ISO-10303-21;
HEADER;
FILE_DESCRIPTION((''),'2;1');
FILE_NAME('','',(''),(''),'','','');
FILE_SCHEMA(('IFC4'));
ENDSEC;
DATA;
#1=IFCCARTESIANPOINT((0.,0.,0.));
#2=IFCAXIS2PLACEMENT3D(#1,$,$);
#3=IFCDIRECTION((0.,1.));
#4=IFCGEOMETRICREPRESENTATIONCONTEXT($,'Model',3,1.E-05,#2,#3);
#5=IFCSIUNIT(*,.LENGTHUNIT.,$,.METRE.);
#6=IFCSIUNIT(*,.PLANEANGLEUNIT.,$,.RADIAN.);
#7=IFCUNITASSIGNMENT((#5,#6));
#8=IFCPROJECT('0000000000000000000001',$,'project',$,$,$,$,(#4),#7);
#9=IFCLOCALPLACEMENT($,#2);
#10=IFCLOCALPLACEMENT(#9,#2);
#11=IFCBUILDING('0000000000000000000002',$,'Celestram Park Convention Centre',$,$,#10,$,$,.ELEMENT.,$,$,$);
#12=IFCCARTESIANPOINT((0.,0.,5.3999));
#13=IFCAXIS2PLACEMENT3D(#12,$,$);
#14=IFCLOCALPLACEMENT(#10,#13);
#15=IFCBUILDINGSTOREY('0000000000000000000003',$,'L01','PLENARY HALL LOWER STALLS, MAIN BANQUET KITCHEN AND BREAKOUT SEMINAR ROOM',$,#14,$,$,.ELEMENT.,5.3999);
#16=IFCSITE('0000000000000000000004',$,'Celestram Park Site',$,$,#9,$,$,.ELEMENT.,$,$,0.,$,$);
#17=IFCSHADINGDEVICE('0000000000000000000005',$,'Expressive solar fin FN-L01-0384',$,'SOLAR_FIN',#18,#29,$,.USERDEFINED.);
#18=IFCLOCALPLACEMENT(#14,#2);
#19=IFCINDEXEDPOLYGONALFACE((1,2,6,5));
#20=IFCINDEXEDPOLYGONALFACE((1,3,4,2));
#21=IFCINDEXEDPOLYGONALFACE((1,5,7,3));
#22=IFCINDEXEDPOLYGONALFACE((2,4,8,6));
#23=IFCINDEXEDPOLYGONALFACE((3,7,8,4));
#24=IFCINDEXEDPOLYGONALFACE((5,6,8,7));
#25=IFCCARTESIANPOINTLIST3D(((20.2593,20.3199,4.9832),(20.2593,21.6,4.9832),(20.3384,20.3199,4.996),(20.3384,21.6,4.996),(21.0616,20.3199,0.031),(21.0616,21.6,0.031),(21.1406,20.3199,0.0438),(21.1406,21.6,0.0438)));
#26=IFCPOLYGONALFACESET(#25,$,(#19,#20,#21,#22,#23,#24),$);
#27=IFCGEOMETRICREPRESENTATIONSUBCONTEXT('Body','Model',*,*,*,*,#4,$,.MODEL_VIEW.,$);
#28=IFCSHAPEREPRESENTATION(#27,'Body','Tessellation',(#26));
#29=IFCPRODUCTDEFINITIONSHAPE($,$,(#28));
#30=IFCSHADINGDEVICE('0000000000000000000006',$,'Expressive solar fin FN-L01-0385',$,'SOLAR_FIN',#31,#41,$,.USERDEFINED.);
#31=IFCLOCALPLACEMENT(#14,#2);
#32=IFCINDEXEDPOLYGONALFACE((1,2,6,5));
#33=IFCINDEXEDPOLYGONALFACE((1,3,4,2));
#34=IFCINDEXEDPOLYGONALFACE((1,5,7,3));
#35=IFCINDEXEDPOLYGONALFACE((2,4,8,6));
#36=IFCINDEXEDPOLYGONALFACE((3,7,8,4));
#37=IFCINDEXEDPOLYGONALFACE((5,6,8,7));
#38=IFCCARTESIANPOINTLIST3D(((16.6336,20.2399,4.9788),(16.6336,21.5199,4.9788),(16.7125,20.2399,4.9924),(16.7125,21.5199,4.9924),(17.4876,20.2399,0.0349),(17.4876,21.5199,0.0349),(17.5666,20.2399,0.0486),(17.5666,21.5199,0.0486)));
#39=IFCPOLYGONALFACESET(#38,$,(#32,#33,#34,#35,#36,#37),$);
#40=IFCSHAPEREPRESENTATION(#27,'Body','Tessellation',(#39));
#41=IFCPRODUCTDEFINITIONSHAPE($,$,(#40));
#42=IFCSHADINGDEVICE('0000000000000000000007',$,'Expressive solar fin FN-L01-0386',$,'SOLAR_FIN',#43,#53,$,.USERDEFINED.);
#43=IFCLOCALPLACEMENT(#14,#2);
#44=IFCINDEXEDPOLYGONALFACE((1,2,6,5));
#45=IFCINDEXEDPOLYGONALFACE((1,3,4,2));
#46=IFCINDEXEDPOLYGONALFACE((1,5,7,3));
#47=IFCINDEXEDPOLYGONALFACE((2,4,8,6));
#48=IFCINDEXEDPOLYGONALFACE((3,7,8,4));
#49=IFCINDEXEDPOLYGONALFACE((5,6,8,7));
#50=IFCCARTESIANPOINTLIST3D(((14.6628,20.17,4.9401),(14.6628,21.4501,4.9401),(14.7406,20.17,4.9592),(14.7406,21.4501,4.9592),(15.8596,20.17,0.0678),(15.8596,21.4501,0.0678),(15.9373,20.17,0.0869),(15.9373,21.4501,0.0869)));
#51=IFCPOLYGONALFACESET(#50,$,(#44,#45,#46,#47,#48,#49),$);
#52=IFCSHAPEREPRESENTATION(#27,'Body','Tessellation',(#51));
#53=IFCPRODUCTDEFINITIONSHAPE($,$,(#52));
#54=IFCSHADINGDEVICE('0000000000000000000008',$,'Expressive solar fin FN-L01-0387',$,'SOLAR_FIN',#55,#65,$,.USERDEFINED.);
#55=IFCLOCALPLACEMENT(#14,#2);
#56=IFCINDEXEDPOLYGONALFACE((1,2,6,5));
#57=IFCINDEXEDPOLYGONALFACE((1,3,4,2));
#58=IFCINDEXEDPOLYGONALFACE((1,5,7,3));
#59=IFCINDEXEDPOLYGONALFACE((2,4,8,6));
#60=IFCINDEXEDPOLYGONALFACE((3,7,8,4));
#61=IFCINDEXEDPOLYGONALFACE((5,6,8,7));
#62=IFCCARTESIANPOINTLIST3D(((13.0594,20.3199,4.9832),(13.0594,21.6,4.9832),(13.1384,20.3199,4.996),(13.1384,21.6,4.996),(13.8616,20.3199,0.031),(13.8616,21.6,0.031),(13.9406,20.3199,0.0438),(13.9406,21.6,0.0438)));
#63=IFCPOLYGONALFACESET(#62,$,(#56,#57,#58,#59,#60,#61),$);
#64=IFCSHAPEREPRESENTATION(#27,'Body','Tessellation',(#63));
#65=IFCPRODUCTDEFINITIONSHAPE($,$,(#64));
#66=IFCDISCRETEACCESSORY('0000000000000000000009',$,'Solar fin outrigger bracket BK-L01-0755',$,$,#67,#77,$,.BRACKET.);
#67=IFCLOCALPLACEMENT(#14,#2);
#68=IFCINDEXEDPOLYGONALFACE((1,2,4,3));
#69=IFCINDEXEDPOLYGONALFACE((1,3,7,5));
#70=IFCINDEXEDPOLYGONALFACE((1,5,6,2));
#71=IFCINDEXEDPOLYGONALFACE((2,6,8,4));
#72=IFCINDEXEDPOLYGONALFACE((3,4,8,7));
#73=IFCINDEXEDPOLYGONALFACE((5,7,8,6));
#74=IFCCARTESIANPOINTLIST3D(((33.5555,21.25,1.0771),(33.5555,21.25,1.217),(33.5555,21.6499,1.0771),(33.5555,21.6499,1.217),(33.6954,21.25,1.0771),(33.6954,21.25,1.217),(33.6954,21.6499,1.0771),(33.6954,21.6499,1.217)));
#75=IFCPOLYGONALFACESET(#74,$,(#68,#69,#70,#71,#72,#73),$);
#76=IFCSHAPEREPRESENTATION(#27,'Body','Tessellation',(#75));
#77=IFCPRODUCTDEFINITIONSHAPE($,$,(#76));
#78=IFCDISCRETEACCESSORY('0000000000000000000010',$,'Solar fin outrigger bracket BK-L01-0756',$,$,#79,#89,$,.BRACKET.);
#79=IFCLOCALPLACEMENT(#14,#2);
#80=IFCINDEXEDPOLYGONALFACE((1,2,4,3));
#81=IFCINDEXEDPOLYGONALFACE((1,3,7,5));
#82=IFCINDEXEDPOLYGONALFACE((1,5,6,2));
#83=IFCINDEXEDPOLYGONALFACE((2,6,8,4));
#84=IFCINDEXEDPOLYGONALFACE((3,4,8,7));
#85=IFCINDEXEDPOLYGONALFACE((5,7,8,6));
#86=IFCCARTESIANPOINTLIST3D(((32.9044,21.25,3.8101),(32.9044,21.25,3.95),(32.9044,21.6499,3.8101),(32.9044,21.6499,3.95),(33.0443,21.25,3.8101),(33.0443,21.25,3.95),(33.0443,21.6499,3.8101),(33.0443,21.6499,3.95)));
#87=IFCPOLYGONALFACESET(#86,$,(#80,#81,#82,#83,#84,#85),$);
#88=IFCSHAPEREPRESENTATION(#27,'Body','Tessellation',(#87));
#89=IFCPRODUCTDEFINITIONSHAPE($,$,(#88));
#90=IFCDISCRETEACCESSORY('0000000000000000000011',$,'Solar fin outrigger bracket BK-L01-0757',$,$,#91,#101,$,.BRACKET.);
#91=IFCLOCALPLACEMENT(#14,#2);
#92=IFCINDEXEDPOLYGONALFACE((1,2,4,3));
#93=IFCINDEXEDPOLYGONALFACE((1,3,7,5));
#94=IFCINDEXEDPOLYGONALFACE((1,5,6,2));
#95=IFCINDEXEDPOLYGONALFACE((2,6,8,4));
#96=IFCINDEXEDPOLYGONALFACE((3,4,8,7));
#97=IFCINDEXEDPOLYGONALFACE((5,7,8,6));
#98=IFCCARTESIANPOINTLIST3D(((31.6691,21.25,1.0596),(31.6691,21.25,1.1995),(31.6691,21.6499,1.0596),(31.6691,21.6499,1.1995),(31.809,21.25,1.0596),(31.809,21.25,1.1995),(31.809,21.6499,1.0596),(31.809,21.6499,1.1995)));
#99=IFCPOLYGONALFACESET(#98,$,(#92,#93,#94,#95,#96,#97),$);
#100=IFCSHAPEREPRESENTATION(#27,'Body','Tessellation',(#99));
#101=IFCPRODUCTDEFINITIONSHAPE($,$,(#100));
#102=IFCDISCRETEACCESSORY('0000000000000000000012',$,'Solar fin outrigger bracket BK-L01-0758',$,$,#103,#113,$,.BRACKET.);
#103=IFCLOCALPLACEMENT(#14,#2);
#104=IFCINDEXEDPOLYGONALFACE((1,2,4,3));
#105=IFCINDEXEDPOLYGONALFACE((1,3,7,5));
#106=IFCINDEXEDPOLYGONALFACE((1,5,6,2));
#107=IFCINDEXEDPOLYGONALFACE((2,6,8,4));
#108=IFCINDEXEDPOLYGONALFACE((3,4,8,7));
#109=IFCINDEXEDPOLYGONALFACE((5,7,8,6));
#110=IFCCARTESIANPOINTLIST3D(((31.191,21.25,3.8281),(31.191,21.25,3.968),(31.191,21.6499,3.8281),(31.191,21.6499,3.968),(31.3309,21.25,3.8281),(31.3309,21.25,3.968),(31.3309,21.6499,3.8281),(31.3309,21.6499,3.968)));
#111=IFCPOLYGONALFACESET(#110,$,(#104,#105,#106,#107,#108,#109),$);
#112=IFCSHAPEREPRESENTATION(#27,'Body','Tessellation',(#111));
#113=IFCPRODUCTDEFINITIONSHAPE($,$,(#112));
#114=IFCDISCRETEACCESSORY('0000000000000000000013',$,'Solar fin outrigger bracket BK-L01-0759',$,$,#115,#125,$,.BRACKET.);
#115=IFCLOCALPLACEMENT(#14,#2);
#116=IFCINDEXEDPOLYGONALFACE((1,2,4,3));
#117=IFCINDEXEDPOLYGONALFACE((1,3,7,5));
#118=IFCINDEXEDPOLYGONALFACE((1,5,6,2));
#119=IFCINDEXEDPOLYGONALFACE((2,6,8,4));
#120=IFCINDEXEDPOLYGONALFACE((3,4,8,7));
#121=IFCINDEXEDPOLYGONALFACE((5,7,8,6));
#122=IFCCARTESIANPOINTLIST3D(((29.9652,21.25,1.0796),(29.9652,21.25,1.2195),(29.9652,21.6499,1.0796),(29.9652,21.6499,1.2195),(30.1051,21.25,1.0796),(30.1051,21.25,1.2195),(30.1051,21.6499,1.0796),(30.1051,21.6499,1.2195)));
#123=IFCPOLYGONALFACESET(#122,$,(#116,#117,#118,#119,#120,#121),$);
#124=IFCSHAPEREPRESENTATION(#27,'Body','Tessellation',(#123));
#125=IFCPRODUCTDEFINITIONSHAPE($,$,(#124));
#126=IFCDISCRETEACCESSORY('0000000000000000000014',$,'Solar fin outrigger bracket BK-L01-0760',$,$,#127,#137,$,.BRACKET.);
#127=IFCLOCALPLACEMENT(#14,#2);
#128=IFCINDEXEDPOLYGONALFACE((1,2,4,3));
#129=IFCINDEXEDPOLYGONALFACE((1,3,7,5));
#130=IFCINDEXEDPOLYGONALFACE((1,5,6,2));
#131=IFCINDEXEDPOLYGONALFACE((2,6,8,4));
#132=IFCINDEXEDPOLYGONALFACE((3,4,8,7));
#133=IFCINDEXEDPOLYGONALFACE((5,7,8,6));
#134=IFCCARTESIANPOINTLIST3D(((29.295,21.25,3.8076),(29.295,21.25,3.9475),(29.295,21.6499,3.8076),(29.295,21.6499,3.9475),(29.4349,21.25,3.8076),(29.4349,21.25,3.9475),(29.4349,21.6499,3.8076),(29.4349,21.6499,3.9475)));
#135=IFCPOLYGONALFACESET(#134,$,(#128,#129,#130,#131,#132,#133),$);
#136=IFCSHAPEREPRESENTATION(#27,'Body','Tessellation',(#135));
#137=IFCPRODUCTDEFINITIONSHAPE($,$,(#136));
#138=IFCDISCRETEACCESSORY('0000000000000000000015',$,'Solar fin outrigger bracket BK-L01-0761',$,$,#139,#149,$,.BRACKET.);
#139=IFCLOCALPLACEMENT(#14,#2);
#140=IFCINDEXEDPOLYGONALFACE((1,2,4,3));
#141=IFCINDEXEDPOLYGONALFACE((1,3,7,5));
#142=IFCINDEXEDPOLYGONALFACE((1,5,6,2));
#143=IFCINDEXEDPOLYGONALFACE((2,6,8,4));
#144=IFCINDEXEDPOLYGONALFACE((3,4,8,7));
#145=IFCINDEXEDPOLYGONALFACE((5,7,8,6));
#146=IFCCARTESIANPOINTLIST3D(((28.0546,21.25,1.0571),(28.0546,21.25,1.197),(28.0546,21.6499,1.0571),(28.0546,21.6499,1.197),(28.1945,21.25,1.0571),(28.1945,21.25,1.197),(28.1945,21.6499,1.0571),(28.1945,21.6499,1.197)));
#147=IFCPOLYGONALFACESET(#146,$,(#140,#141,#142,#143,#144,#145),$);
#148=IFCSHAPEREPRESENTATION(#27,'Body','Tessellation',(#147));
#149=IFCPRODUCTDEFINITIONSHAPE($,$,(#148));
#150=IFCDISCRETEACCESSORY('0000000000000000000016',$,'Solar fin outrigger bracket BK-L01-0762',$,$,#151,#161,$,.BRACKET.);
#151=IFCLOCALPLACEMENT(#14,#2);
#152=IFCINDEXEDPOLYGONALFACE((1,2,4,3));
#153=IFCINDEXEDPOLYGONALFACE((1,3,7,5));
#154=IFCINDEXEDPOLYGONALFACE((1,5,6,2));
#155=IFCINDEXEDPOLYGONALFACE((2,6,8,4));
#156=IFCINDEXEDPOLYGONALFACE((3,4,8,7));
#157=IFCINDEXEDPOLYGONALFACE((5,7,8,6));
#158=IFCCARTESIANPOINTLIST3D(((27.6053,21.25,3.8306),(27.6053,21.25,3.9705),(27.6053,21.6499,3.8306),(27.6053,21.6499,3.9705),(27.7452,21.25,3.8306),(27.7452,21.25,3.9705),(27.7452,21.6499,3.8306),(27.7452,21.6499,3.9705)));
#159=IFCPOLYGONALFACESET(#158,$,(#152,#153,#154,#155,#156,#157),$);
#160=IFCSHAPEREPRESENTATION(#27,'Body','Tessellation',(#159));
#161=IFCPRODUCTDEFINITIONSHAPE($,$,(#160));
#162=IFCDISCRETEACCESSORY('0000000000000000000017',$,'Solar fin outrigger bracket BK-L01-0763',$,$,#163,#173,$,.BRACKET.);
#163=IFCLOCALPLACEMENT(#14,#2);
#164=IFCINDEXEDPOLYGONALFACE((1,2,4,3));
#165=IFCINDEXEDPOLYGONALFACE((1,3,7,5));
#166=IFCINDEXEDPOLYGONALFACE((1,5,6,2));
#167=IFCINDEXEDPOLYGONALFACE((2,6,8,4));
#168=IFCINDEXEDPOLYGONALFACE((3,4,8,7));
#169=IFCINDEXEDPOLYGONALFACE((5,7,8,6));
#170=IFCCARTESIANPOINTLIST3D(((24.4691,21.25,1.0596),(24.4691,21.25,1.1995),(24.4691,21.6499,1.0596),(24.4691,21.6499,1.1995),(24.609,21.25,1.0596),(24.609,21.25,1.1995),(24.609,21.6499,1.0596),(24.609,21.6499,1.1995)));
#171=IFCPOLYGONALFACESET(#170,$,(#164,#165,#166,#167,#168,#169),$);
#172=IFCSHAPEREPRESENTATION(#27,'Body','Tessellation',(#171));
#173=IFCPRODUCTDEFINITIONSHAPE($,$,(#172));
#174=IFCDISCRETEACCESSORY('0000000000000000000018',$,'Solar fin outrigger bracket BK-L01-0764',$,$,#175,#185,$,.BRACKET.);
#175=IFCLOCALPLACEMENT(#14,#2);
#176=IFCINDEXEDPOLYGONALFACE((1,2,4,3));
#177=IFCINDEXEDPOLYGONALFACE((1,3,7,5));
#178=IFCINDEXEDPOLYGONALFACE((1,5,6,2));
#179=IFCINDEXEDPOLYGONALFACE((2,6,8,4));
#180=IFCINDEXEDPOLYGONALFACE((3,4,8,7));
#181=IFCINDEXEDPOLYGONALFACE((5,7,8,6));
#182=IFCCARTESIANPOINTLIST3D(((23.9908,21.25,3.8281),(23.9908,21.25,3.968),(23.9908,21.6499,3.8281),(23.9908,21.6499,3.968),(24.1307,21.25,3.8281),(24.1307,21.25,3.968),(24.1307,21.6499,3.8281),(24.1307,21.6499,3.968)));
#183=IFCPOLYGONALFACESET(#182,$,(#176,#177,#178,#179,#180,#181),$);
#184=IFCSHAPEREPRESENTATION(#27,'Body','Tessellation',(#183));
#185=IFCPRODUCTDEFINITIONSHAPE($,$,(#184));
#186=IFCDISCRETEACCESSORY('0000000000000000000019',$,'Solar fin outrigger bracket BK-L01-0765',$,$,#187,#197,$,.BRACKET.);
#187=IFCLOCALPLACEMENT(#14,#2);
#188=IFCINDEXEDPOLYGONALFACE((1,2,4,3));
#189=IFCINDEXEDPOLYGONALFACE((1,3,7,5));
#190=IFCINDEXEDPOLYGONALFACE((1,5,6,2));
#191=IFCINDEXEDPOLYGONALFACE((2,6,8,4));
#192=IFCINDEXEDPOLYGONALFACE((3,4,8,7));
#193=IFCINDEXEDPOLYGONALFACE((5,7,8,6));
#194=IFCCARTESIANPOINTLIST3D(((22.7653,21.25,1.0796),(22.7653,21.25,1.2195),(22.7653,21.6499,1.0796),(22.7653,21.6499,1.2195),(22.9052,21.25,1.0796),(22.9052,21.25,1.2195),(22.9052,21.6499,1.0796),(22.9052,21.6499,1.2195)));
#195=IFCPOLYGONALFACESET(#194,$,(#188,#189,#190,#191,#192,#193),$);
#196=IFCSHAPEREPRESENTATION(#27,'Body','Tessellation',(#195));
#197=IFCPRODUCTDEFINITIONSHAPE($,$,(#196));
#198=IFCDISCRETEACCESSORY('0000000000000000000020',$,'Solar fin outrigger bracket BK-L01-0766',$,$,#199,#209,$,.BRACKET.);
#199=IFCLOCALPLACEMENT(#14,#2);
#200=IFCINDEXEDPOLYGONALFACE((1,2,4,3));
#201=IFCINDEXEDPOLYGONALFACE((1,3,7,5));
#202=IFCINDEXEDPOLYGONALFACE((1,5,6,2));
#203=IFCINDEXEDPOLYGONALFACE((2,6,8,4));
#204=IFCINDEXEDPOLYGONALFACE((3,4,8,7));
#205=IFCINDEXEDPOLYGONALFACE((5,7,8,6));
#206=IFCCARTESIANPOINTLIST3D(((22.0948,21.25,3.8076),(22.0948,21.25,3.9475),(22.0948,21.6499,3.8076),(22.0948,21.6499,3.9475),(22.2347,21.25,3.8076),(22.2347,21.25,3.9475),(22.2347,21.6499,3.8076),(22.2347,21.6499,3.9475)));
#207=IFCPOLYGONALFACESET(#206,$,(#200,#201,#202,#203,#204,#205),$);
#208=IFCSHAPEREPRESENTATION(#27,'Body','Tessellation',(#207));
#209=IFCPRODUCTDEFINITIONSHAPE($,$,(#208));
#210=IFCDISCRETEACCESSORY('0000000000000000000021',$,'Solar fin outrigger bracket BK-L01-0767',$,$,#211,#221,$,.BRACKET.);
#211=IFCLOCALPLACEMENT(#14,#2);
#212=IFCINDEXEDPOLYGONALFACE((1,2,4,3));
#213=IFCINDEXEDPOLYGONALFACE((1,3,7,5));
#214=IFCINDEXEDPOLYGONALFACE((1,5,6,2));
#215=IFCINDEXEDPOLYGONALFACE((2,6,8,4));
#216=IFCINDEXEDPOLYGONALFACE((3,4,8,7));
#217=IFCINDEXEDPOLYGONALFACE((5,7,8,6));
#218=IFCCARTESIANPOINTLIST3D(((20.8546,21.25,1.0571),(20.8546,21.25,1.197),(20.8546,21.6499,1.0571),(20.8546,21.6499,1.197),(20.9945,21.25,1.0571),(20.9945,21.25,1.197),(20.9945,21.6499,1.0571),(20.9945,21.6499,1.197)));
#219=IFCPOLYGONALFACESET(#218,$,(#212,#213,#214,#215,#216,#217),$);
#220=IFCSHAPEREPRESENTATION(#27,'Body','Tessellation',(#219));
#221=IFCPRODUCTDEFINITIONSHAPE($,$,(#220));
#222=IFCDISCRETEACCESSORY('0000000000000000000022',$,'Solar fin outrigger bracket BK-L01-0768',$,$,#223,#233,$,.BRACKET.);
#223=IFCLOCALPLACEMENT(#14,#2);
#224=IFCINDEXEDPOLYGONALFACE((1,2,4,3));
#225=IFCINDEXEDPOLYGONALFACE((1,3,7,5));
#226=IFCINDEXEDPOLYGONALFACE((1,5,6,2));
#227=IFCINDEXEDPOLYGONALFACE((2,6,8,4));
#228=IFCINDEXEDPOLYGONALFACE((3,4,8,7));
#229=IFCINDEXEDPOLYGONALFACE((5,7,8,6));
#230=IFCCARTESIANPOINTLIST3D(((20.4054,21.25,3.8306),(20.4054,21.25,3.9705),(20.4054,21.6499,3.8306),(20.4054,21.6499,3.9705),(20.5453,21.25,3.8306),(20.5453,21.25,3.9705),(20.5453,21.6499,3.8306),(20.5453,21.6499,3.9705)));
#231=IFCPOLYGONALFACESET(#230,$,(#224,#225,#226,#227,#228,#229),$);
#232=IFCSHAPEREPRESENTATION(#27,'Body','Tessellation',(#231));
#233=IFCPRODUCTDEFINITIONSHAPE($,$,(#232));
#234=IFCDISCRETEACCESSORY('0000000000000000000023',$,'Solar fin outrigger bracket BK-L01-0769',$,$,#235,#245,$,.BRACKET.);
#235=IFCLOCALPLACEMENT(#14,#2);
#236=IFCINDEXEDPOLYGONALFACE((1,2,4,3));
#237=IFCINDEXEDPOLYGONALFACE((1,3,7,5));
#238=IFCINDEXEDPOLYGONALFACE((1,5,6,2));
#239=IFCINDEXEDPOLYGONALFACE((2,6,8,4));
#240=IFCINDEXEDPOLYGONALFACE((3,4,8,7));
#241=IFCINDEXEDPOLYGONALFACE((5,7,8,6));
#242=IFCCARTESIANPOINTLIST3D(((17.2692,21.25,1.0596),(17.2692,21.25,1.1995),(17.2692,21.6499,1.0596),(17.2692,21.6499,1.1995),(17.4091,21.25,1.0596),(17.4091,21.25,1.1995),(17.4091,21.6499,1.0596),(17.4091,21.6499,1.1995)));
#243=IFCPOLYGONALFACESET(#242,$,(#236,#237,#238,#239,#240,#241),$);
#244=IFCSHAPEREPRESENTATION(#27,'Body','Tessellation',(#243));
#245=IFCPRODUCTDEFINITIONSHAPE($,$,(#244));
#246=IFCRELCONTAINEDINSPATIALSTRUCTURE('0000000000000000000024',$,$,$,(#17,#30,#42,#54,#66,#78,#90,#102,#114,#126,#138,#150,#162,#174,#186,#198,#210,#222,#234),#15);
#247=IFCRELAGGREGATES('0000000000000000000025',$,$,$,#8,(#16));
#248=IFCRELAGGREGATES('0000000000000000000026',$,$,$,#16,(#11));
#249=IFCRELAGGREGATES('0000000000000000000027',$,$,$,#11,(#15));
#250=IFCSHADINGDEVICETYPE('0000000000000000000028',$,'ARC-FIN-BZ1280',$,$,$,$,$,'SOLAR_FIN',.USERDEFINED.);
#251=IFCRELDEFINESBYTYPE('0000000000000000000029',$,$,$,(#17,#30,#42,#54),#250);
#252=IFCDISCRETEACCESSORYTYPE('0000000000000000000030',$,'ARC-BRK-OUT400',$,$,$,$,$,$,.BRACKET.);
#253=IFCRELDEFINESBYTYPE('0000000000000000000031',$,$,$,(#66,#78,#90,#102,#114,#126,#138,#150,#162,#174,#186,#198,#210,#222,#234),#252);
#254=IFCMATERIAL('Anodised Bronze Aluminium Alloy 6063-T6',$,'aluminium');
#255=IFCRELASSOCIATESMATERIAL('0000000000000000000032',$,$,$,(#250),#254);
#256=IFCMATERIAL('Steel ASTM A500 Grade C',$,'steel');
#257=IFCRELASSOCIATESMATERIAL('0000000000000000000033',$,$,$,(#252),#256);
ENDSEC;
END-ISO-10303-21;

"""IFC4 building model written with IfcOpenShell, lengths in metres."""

from ifc_helpers import new_model, si_unit, direction, frame, origin, origin_2d, place, context, subcontext, project, spatial, rectangle, extrude, material, material_profile, profile_set, type_object, element, save


model = new_model("IFC4")

# Units and contexts
model_context = context("Model", 3, precision=1e-05, world=origin(), true_north=direction((0.0, 1.0)))
body_context = subcontext(model_context, "Body", "Model", "MODEL_VIEW")
ifc_project = project(units=[si_unit("LENGTHUNIT", "METRE"), si_unit("PLANEANGLEUNIT", "RADIAN")], contexts=[model_context])

# Site, building, storey
site_placement = place(None, origin())
site = spatial("IfcSite", under=ifc_project, at=site_placement, Name="Celestram Park Site", CompositionType="ELEMENT", RefElevation=0.0)
building_placement = place(site_placement, origin())
building = spatial("IfcBuilding", under=site, at=building_placement, Name="Celestram Park Convention Centre", CompositionType="ELEMENT")
storey_placement = place(building_placement, frame((0.0, 0.0, 5.3999)))
storey = spatial("IfcBuildingStorey", under=building, at=storey_placement, Name="L01", Description="PLENARY HALL LOWER STALLS, MAIN BANQUET KITCHEN AND BREAKOUT SEMINAR ROOM", CompositionType="ELEMENT", Elevation=5.3999)

# Shading devices
ifc_material_1 = material(Name="Anodised Bronze Aluminium Alloy 6063-T6", Category="aluminium")
ifc_material_profile_1 = material_profile(ifc_material_1, rectangle(XDim=1.28, YDim=0.0801, at=origin_2d()), Name="FIN1280X80")
ifc_profile_set_1 = profile_set([ifc_material_profile_1], Name="Anodised Bronze Aluminium Alloy 6063-T6")
shading_device_type = type_object("IfcShadingDeviceType", Name="ARC-FIN-BZ1280", ElementType="SOLAR_FIN", PredefinedType="USERDEFINED", material=ifc_profile_set_1)
shading_device_1_placement = place(storey_placement, frame((21.1011, 20.96, 0.0374), z_axis=(-0.159907, 0.0, 0.987132), x_axis=(0.0, -1.0, 0.0)))
element("IfcShadingDevice", 1, at=shading_device_1_placement, inside=storey, type_object=shading_device_type, Name="Expressive solar fin FN-L01-0384", ObjectType="SOLAR_FIN", PredefinedType="USERDEFINED", context=body_context, shape_type="SweptSolid", body=[
    extrude(rectangle(XDim=1.28, YDim=0.0801, at=origin_2d()), origin(), (0.0, 0.0, 1.0), 5.0168),
])
for number, where, z_axis, x_axis, name in (
    (2, (17.5271, 20.8799, 0.0417), (-0.17022, 0.0, 0.985406), (0.0, -1.0, 0.0), "Expressive solar fin FN-L01-0385"),
    (3, (15.8984, 20.8101, 0.0774), (-0.238538, 0.0, 0.971133), (0.0, -1.0, 0.0), "Expressive solar fin FN-L01-0386"),
):
    element("IfcShadingDevice", number, at=place(storey_placement, frame(where, z_axis=z_axis, x_axis=x_axis)), inside=storey, type_object=shading_device_type, Name=name, ObjectType="SOLAR_FIN", PredefinedType="USERDEFINED", context=body_context, shape_type="SweptSolid", body=[
        extrude(rectangle(XDim=1.28, YDim=0.0801, at=origin_2d()), origin(), (0.0, 0.0, 1.0), 5.0171),
    ])
shading_device_2_placement = place(storey_placement, frame((13.9011, 20.96, 0.0374), z_axis=(-0.159907, 0.0, 0.987132), x_axis=(0.0, -1.0, 0.0)))
element("IfcShadingDevice", 4, at=shading_device_2_placement, inside=storey, type_object=shading_device_type, Name="Expressive solar fin FN-L01-0387", ObjectType="SOLAR_FIN", PredefinedType="USERDEFINED", context=body_context, shape_type="SweptSolid", body=[
    extrude(rectangle(XDim=1.28, YDim=0.0801, at=origin_2d()), origin(), (0.0, 0.0, 1.0), 5.0168),
])

# Discrete accessories
ifc_material_2 = material(Name="Steel ASTM A500 Grade C", Category="steel")
discrete_accessory_type = type_object("IfcDiscreteAccessoryType", Name="ARC-BRK-OUT400", PredefinedType="BRACKET", material=ifc_material_2)
for number, where, z_axis, x_axis, name in (
    (5, (33.6255, 21.45, 1.0771), (0.0, 0.0, 1.0), (0.0, -1.0, 0.0), "Solar fin outrigger bracket BK-L01-0755"),
    (6, (32.9744, 21.45, 3.8101), (0.0, 0.0, 1.0), (0.0, -1.0, 0.0), "Solar fin outrigger bracket BK-L01-0756"),
    (7, (31.739, 21.45, 1.0596), (0.0, 0.0, 1.0), (0.0, -1.0, 0.0), "Solar fin outrigger bracket BK-L01-0757"),
    (8, (31.261, 21.45, 3.8281), (0.0, 0.0, 1.0), (0.0, -1.0, 0.0), "Solar fin outrigger bracket BK-L01-0758"),
    (9, (30.0352, 21.45, 1.0796), (0.0, 0.0, 1.0), (0.0, -1.0, 0.0), "Solar fin outrigger bracket BK-L01-0759"),
    (10, (29.365, 21.45, 3.8076), (0.0, 0.0, 1.0), (0.0, -1.0, 0.0), "Solar fin outrigger bracket BK-L01-0760"),
    (11, (28.1245, 21.45, 1.0571), (0.0, 0.0, 1.0), (0.0, -1.0, 0.0), "Solar fin outrigger bracket BK-L01-0761"),
    (12, (27.6753, 21.45, 3.8306), (0.0, 0.0, 1.0), (0.0, -1.0, 0.0), "Solar fin outrigger bracket BK-L01-0762"),
    (13, (24.5391, 21.45, 1.0596), (0.0, 0.0, 1.0), (0.0, -1.0, 0.0), "Solar fin outrigger bracket BK-L01-0763"),
    (14, (24.0608, 21.45, 3.8281), (0.0, 0.0, 1.0), (0.0, -1.0, 0.0), "Solar fin outrigger bracket BK-L01-0764"),
    (15, (22.8352, 21.45, 1.0796), (0.0, 0.0, 1.0), (0.0, -1.0, 0.0), "Solar fin outrigger bracket BK-L01-0765"),
    (16, (22.1648, 21.45, 3.8076), (0.0, 0.0, 1.0), (0.0, -1.0, 0.0), "Solar fin outrigger bracket BK-L01-0766"),
    (17, (20.9246, 21.45, 1.0571), (0.0, 0.0, 1.0), (0.0, -1.0, 0.0), "Solar fin outrigger bracket BK-L01-0767"),
    (18, (20.4753, 21.45, 3.8306), (0.0, 0.0, 1.0), (0.0, -1.0, 0.0), "Solar fin outrigger bracket BK-L01-0768"),
    (19, (17.3391, 21.45, 1.0596), (0.0, 0.0, 1.0), (0.0, -1.0, 0.0), "Solar fin outrigger bracket BK-L01-0769"),
):
    element("IfcDiscreteAccessory", number, at=place(storey_placement, frame(where, z_axis=z_axis, x_axis=x_axis)), inside=storey, type_object=discrete_accessory_type, Name=name, PredefinedType="BRACKET", context=body_context, shape_type="SweptSolid", body=[
        extrude(rectangle(XDim=0.3999, YDim=0.1399, at=origin_2d()), origin(), (0.0, 0.0, 1.0), 0.1399),
    ])

save(model, "model.ifc")
